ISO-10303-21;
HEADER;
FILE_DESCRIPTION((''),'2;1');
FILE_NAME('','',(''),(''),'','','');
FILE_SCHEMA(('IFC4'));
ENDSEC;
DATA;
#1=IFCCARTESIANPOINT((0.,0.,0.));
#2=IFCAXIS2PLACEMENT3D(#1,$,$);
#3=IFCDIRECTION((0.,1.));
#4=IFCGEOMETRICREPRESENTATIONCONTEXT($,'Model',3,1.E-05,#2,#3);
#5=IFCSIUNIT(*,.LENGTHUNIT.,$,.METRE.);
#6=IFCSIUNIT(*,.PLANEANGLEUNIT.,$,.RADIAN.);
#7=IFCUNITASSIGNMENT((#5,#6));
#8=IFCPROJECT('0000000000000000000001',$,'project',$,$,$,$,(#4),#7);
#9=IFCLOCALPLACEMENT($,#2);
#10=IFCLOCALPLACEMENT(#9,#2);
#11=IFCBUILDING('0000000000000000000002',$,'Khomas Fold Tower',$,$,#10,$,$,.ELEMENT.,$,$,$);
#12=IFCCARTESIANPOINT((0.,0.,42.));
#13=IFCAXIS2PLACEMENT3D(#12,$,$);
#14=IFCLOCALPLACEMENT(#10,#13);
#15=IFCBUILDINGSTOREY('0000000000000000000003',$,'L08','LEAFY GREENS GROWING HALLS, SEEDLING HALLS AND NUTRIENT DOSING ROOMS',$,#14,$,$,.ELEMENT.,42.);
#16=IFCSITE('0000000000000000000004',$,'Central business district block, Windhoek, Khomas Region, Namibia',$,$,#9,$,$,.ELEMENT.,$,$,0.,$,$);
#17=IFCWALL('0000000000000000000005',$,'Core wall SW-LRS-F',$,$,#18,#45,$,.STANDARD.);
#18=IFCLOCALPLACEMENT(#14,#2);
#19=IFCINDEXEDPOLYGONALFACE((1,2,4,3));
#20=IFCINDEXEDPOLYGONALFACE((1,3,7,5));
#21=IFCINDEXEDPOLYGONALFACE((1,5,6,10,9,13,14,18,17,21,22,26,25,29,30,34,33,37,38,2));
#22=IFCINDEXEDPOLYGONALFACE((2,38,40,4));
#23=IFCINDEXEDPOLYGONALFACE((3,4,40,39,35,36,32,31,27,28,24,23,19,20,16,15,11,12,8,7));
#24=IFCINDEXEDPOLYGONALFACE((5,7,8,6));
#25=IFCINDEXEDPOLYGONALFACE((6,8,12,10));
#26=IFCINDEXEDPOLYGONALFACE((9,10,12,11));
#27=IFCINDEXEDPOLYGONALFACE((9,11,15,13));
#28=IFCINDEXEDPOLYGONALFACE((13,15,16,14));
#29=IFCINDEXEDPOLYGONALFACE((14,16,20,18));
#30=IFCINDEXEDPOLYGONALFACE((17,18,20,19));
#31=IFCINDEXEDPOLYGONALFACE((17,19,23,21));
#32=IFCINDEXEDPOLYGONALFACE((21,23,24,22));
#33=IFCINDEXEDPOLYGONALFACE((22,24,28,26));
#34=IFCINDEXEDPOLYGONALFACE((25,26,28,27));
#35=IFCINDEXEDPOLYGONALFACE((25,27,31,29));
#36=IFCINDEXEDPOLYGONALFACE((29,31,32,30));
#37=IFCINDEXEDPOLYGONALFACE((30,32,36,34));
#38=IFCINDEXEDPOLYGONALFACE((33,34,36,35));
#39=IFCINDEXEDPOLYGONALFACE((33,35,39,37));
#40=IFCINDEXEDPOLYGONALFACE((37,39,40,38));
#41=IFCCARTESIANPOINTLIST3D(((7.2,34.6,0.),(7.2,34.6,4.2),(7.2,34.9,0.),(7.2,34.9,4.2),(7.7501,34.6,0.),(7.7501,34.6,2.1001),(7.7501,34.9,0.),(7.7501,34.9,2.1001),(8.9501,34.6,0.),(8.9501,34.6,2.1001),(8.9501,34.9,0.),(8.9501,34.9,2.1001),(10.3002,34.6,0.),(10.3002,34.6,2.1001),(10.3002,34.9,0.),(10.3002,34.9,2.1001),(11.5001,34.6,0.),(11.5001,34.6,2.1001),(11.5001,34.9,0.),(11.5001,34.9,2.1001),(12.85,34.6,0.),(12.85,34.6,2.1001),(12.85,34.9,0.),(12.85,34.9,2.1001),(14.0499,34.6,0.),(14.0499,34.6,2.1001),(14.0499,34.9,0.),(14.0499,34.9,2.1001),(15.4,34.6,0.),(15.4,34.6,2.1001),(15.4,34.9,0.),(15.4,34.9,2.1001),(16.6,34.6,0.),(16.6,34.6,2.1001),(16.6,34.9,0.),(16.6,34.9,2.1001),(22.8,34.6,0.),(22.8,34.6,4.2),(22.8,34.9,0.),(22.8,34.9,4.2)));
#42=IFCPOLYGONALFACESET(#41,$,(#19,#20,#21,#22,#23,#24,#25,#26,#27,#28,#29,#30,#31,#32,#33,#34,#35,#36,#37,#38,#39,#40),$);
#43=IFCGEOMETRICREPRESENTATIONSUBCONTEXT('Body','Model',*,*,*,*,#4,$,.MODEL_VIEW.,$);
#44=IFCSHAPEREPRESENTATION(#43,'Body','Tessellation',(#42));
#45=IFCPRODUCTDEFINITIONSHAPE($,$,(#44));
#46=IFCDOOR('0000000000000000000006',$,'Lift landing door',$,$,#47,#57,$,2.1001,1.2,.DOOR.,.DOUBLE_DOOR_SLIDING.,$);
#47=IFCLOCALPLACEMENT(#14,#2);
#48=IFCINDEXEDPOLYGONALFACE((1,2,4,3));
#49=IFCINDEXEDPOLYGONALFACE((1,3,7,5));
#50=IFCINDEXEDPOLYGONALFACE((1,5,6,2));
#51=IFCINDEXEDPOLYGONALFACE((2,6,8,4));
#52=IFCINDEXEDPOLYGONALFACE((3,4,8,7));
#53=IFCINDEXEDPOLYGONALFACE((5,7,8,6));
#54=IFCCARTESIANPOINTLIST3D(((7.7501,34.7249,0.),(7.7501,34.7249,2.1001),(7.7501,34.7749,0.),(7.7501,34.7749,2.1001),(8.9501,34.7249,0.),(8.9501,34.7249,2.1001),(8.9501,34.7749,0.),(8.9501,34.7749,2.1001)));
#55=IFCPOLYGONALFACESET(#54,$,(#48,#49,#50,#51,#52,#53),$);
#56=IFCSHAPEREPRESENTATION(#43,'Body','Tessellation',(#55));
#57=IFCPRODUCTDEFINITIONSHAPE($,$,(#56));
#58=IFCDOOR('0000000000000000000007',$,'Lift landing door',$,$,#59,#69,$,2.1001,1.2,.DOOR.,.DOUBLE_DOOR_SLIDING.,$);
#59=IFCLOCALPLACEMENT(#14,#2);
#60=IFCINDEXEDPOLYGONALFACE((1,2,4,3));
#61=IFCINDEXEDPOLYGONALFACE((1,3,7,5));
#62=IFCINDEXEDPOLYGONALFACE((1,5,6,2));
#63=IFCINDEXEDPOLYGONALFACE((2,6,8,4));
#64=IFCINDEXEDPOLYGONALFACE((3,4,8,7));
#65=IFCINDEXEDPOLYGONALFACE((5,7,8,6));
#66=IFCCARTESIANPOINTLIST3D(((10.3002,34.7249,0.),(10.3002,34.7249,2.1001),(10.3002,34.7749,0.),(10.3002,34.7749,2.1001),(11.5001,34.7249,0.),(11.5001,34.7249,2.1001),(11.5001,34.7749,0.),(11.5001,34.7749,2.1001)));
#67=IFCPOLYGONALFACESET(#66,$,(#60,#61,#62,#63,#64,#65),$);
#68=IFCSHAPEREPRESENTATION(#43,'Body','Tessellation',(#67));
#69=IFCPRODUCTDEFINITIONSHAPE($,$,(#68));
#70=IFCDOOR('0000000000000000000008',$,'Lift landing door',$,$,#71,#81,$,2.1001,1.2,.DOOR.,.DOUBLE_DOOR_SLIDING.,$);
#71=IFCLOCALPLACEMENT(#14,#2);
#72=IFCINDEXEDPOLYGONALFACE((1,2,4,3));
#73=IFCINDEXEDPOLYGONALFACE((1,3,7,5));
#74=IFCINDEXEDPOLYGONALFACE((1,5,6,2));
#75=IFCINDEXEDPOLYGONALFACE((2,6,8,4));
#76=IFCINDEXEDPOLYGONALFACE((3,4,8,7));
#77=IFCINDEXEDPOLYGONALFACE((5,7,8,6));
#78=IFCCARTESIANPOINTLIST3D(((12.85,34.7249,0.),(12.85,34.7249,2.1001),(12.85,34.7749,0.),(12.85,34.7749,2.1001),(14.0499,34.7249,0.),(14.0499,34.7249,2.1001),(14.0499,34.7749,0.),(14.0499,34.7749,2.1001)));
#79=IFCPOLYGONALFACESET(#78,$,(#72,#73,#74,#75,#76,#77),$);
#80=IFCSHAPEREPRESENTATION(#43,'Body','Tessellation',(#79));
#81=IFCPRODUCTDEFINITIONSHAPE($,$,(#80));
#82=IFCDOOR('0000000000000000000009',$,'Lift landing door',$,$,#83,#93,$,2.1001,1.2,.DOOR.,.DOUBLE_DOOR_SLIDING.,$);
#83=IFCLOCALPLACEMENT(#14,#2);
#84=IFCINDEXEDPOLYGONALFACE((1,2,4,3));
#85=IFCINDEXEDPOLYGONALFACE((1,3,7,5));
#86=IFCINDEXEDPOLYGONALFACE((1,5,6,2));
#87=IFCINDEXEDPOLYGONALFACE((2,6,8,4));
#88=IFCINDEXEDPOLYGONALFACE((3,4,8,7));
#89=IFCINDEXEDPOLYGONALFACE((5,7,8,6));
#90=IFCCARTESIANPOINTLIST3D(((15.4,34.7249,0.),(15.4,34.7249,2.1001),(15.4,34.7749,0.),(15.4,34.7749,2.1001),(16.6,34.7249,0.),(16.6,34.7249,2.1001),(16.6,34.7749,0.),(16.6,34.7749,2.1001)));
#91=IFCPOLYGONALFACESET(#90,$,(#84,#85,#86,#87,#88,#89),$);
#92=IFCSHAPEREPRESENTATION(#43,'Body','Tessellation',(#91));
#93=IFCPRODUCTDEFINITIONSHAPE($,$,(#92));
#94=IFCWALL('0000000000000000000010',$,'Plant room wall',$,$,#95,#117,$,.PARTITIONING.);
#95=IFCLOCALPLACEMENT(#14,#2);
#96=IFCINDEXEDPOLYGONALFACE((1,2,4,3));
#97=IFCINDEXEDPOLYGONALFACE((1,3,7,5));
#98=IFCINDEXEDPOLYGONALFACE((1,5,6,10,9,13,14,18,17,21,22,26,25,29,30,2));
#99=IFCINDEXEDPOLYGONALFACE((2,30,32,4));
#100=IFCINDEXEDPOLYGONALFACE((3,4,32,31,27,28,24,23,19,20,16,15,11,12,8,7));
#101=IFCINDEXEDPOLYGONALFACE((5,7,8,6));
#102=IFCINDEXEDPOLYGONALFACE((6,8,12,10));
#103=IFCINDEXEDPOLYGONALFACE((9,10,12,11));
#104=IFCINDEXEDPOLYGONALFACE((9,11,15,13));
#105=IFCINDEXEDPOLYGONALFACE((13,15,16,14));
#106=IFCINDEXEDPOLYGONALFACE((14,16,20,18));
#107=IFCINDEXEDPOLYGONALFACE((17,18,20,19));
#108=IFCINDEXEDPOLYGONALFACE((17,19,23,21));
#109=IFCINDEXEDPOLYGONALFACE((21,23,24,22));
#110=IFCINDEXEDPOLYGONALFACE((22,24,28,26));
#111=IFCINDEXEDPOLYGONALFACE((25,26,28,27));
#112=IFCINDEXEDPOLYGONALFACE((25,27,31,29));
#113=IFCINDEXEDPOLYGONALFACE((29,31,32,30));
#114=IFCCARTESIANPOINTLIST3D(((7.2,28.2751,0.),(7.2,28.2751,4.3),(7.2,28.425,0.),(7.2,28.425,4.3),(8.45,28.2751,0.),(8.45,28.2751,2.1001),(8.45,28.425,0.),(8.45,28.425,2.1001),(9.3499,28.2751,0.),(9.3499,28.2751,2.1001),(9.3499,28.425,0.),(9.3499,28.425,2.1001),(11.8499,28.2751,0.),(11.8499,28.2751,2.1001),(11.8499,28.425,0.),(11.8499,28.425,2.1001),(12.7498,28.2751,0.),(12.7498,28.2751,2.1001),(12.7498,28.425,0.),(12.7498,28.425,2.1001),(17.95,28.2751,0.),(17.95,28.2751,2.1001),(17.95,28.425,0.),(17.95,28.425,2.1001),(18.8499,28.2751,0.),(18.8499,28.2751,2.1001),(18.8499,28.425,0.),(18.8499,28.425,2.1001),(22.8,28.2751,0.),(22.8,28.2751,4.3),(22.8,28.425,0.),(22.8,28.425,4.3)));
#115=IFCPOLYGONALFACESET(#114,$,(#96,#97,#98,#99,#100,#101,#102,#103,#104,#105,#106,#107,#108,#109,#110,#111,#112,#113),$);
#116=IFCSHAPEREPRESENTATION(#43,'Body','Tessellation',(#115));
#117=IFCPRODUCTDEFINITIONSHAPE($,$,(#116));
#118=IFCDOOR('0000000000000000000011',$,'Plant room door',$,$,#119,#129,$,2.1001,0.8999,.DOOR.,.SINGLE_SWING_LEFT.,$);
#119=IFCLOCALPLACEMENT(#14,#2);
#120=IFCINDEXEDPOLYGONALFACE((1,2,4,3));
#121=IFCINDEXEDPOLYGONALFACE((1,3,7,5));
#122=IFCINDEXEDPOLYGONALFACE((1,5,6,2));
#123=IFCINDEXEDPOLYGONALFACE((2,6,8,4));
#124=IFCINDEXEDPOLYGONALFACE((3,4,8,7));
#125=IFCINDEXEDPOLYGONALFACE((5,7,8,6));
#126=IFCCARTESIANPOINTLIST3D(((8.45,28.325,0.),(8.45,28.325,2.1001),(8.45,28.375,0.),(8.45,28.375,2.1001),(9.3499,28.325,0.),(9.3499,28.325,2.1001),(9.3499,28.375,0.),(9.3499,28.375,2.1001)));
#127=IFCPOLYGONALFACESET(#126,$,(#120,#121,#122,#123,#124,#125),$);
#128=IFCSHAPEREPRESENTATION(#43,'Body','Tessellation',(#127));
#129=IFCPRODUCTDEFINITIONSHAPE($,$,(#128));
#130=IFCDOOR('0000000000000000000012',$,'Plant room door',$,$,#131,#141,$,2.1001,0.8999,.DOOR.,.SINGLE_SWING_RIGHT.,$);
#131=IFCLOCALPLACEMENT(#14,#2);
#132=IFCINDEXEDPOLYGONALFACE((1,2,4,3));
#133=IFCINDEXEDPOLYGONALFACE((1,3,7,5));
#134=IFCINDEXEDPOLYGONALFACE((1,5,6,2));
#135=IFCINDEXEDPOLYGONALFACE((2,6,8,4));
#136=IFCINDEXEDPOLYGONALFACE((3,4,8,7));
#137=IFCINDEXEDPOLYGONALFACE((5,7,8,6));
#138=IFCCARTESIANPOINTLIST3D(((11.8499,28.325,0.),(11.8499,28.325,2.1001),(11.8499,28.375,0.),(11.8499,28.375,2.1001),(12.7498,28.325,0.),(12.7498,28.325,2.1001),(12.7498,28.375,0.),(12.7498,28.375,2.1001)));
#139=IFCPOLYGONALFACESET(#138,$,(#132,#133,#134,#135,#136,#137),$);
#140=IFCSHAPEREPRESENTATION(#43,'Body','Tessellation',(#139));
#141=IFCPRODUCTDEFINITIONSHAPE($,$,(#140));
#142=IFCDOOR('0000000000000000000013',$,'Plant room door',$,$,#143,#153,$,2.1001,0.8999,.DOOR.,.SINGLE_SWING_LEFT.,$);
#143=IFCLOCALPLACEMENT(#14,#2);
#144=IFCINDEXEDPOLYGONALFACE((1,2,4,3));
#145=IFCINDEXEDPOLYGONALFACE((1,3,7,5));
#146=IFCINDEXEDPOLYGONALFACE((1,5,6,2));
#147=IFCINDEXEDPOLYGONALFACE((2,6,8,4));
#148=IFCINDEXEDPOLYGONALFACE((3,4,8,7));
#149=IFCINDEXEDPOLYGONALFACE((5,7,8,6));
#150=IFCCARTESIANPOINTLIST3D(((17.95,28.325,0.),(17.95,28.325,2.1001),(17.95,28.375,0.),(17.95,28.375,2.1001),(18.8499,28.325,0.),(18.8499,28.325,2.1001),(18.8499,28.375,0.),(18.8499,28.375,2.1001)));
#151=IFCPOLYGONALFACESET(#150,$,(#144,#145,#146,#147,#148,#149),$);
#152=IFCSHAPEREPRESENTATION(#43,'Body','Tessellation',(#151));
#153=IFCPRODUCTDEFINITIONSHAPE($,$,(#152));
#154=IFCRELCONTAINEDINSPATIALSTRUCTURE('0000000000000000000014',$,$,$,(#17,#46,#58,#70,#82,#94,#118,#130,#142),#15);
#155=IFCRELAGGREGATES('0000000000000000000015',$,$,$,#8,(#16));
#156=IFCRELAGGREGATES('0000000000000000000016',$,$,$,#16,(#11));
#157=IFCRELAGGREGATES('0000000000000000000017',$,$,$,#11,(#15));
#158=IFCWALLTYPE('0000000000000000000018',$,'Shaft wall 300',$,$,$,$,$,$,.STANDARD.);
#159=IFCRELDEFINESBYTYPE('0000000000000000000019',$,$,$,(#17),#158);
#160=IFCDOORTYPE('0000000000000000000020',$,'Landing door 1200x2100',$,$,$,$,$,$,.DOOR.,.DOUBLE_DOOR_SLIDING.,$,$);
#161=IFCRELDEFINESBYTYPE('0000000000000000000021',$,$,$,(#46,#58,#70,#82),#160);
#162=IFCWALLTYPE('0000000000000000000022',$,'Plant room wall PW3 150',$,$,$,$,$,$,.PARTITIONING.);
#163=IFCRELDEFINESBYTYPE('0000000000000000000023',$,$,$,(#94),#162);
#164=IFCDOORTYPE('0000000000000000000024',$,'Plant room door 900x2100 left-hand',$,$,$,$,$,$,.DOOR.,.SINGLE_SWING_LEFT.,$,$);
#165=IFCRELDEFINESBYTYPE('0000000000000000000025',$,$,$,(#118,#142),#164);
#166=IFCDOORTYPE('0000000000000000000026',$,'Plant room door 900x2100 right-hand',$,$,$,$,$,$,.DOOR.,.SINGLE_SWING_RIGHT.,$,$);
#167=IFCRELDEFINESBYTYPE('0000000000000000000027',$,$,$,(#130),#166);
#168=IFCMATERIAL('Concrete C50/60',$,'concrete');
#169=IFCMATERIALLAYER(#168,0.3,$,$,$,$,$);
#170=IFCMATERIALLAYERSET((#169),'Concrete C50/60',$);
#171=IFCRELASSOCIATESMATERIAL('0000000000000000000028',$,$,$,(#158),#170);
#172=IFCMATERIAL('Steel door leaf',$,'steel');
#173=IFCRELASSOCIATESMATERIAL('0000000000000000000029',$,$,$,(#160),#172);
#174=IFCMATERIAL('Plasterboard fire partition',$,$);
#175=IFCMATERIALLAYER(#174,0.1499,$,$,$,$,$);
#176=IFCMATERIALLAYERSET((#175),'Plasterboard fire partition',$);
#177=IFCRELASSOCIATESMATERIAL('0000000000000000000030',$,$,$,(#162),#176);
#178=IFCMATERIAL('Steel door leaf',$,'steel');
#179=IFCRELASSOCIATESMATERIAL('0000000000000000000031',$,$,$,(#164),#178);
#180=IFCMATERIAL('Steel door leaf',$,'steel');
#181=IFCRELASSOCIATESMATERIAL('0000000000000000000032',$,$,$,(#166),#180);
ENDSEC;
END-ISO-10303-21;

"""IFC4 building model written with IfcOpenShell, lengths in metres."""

from ifc_helpers import new_model, si_unit, direction, frame, frame_2d, origin, place, context, subcontext, project, spatial, rectangle, extrude, source, transform, mapped, material, layer, layer_set, type_object, element, fill, save


model = new_model("IFC4")

# Units and contexts
model_context = context("Model", 3, precision=1e-05, world=origin(), true_north=direction((0.0, 1.0)))
body_context = subcontext(model_context, "Body", "Model", "MODEL_VIEW")
ifc_project = project(units=[si_unit("LENGTHUNIT", "METRE"), si_unit("PLANEANGLEUNIT", "RADIAN")], contexts=[model_context])

# Site, building, storey
site_placement = place(None, origin())
site = spatial("IfcSite", under=ifc_project, at=site_placement, Name="Central business district block, Windhoek, Khomas Region, Namibia", CompositionType="ELEMENT", RefElevation=0.0)
building_placement = place(site_placement, origin())
building = spatial("IfcBuilding", under=site, at=building_placement, Name="Khomas Fold Tower", CompositionType="ELEMENT")
storey_placement = place(building_placement, frame((0.0, 0.0, 42.0)))
storey = spatial("IfcBuildingStorey", under=building, at=storey_placement, Name="L08", Description="LEAFY GREENS GROWING HALLS, SEEDLING HALLS AND NUTRIENT DOSING ROOMS", CompositionType="ELEMENT", Elevation=42.0)

# Shared definitions
ifc_material_1 = material(Name="Concrete C50/60", Category="concrete")
ifc_layer_1 = layer(ifc_material_1, 0.3)
ifc_layer_set_1 = layer_set([ifc_layer_1], Name="Concrete C50/60")
wall_type_1 = type_object("IfcWallType", Name="Shaft wall 300", PredefinedType="STANDARD", material=ifc_layer_set_1)
shared_shape_1 = source(origin(), body_context, "Body", "SweptSolid", [
    extrude(rectangle(XDim=15.6001, YDim=0.3, at=frame_2d((7.8, 0.0))), origin(), (0.0, 0.0, 1.0), 4.2),
])

# Walls, openings, doors
wall_1_placement = place(storey_placement, frame((7.2, 34.75, 0.0), z_axis=(0.0, 0.0, 1.0), x_axis=(1.0, 0.0, 0.0)))
wall_1 = element("IfcWall", 1, at=wall_1_placement, inside=storey, type_object=wall_type_1, Name="Core wall SW-LRS-F", PredefinedType="STANDARD", context=body_context, shape_type="MappedRepresentation", body=[
    mapped(shared_shape_1, transform((0.0, 0.0, 0.0))),
])
shared_shape_2 = source(origin(), body_context, "Body", "SweptSolid", [
    extrude(rectangle(XDim=1.2, YDim=2.1001, at=frame_2d((0.6001, 1.05))), frame((0.0, 0.1599, 0.0), z_axis=(0.0, -1.0, 0.0), x_axis=(1.0, 0.0, 0.0)), (0.0, 0.0, 1.0), 0.3201),
])
opening_1_placement = place(wall_1_placement, frame((0.55, 0.0, 0.0)))
opening_1 = element("IfcOpeningElement", 2, at=opening_1_placement, cuts=wall_1, PredefinedType="OPENING", context=body_context, shape_type="MappedRepresentation", body=[
    mapped(shared_shape_2, transform((0.0, 0.0, 0.0))),
])
opening_2_placement = place(wall_1_placement, frame((3.1001, 0.0, 0.0)))
opening_2 = element("IfcOpeningElement", 3, at=opening_2_placement, cuts=wall_1, PredefinedType="OPENING", context=body_context, shape_type="MappedRepresentation", body=[
    mapped(shared_shape_2, transform((0.0, 0.0, 0.0))),
])
opening_3_placement = place(wall_1_placement, frame((5.6499, 0.0, 0.0)))
opening_3 = element("IfcOpeningElement", 4, at=opening_3_placement, cuts=wall_1, PredefinedType="OPENING", context=body_context, shape_type="MappedRepresentation", body=[
    mapped(shared_shape_2, transform((0.0, 0.0, 0.0))),
])
opening_4_placement = place(wall_1_placement, frame((8.2, 0.0, 0.0)))
opening_4 = element("IfcOpeningElement", 5, at=opening_4_placement, cuts=wall_1, PredefinedType="OPENING", context=body_context, shape_type="MappedRepresentation", body=[
    mapped(shared_shape_2, transform((0.0, 0.0, 0.0))),
])
ifc_material_2 = material(Name="Steel door leaf", Category="steel")
door_type_1 = type_object("IfcDoorType", Name="Landing door 1200x2100", OperationType="DOUBLE_DOOR_SLIDING", PredefinedType="DOOR", material=ifc_material_2)
shared_shape_3 = source(origin(), body_context, "Body", "SweptSolid", [
    extrude(rectangle(XDim=1.2, YDim=2.1001, at=frame_2d((0.6001, 1.05))), frame((0.0, 0.0249, 0.0), z_axis=(0.0, -1.0, 0.0), x_axis=(1.0, 0.0, 0.0)), (0.0, 0.0, 1.0), 0.05),
])
door_1_placement = place(opening_1_placement, origin())
door_1 = element("IfcDoor", 6, at=door_1_placement, inside=storey, type_object=door_type_1, Name="Lift landing door", OperationType="DOUBLE_DOOR_SLIDING", OverallHeight=2.1001, OverallWidth=1.2, PredefinedType="DOOR", context=body_context, shape_type="MappedRepresentation", body=[
    mapped(shared_shape_3, transform((0.0, 0.0, 0.0))),
])
fill(opening_1, door_1)
door_2_placement = place(opening_2_placement, origin())
door_2 = element("IfcDoor", 7, at=door_2_placement, inside=storey, type_object=door_type_1, Name="Lift landing door", OperationType="DOUBLE_DOOR_SLIDING", OverallHeight=2.1001, OverallWidth=1.2, PredefinedType="DOOR", context=body_context, shape_type="MappedRepresentation", body=[
    mapped(shared_shape_3, transform((0.0, 0.0, 0.0))),
])
fill(opening_2, door_2)
door_3_placement = place(opening_3_placement, origin())
door_3 = element("IfcDoor", 8, at=door_3_placement, inside=storey, type_object=door_type_1, Name="Lift landing door", OperationType="DOUBLE_DOOR_SLIDING", OverallHeight=2.1001, OverallWidth=1.2, PredefinedType="DOOR", context=body_context, shape_type="MappedRepresentation", body=[
    mapped(shared_shape_3, transform((0.0, 0.0, 0.0))),
])
fill(opening_3, door_3)
door_4_placement = place(opening_4_placement, origin())
door_4 = element("IfcDoor", 9, at=door_4_placement, inside=storey, type_object=door_type_1, Name="Lift landing door", OperationType="DOUBLE_DOOR_SLIDING", OverallHeight=2.1001, OverallWidth=1.2, PredefinedType="DOOR", context=body_context, shape_type="MappedRepresentation", body=[
    mapped(shared_shape_3, transform((0.0, 0.0, 0.0))),
])
fill(opening_4, door_4)
ifc_material_3 = material(Name="Plasterboard fire partition")
ifc_layer_2 = layer(ifc_material_3, 0.1499)
ifc_layer_set_2 = layer_set([ifc_layer_2], Name="Plasterboard fire partition")
wall_type_2 = type_object("IfcWallType", Name="Plant room wall PW3 150", PredefinedType="PARTITIONING", material=ifc_layer_set_2)
shared_shape_4 = source(origin(), body_context, "Body", "SweptSolid", [
    extrude(rectangle(XDim=15.6001, YDim=0.1499, at=frame_2d((7.8, 0.0))), origin(), (0.0, 0.0, 1.0), 4.3),
])
wall_2_placement = place(storey_placement, frame((7.2, 28.3501, 0.0), z_axis=(0.0, 0.0, 1.0), x_axis=(1.0, 0.0, 0.0)))
wall_2 = element("IfcWall", 10, at=wall_2_placement, inside=storey, type_object=wall_type_2, Name="Plant room wall", PredefinedType="PARTITIONING", context=body_context, shape_type="MappedRepresentation", body=[
    mapped(shared_shape_4, transform((0.0, 0.0, 0.0))),
])
shared_shape_5 = source(origin(), body_context, "Body", "SweptSolid", [
    extrude(rectangle(XDim=0.8999, YDim=2.1001, at=frame_2d((0.45, 1.05))), frame((0.0, 0.085, 0.0), z_axis=(0.0, -1.0, 0.0), x_axis=(1.0, 0.0, 0.0)), (0.0, 0.0, 1.0), 0.1699),
])
opening_5_placement = place(wall_2_placement, frame((1.25, 0.0, 0.0)))
opening_5 = element("IfcOpeningElement", 11, at=opening_5_placement, cuts=wall_2, PredefinedType="OPENING", context=body_context, shape_type="MappedRepresentation", body=[
    mapped(shared_shape_5, transform((0.0, 0.0, 0.0))),
])
opening_6_placement = place(wall_2_placement, frame((4.6499, 0.0, 0.0)))
opening_6 = element("IfcOpeningElement", 12, at=opening_6_placement, cuts=wall_2, PredefinedType="OPENING", context=body_context, shape_type="MappedRepresentation", body=[
    mapped(shared_shape_5, transform((0.0, 0.0, 0.0))),
])
opening_7_placement = place(wall_2_placement, frame((10.75, 0.0, 0.0)))
opening_7 = element("IfcOpeningElement", 13, at=opening_7_placement, cuts=wall_2, PredefinedType="OPENING", context=body_context, shape_type="MappedRepresentation", body=[
    mapped(shared_shape_5, transform((0.0, 0.0, 0.0))),
])
ifc_material_4 = material(Name="Steel door leaf", Category="steel")
door_type_2 = type_object("IfcDoorType", Name="Plant room door 900x2100 left-hand", OperationType="SINGLE_SWING_LEFT", PredefinedType="DOOR", material=ifc_material_4)
shared_shape_6 = source(origin(), body_context, "Body", "SweptSolid", [
    extrude(rectangle(XDim=0.8999, YDim=2.1001, at=frame_2d((0.45, 1.05))), frame((0.0, 0.0249, 0.0), z_axis=(0.0, -1.0, 0.0), x_axis=(1.0, 0.0, 0.0)), (0.0, 0.0, 1.0), 0.05),
])
door_5_placement = place(opening_5_placement, origin())
door_5 = element("IfcDoor", 14, at=door_5_placement, inside=storey, type_object=door_type_2, Name="Plant room door", OperationType="SINGLE_SWING_LEFT", OverallHeight=2.1001, OverallWidth=0.8999, PredefinedType="DOOR", context=body_context, shape_type="MappedRepresentation", body=[
    mapped(shared_shape_6, transform((0.0, 0.0, 0.0))),
])
fill(opening_5, door_5)
ifc_material_5 = material(Name="Steel door leaf", Category="steel")
door_type_3 = type_object("IfcDoorType", Name="Plant room door 900x2100 right-hand", OperationType="SINGLE_SWING_RIGHT", PredefinedType="DOOR", material=ifc_material_5)
door_6_placement = place(opening_6_placement, origin())
door_6 = element("IfcDoor", 15, at=door_6_placement, inside=storey, type_object=door_type_3, Name="Plant room door", OperationType="SINGLE_SWING_RIGHT", OverallHeight=2.1001, OverallWidth=0.8999, PredefinedType="DOOR", context=body_context, shape_type="MappedRepresentation", body=[
    mapped(shared_shape_6, transform((0.0, 0.0, 0.0))),
])
fill(opening_6, door_6)
door_7_placement = place(opening_7_placement, origin())
door_7 = element("IfcDoor", 16, at=door_7_placement, inside=storey, type_object=door_type_2, Name="Plant room door", OperationType="SINGLE_SWING_LEFT", OverallHeight=2.1001, OverallWidth=0.8999, PredefinedType="DOOR", context=body_context, shape_type="MappedRepresentation", body=[
    mapped(shared_shape_6, transform((0.0, 0.0, 0.0))),
])
fill(opening_7, door_7)

save(model, "model.ifc")
